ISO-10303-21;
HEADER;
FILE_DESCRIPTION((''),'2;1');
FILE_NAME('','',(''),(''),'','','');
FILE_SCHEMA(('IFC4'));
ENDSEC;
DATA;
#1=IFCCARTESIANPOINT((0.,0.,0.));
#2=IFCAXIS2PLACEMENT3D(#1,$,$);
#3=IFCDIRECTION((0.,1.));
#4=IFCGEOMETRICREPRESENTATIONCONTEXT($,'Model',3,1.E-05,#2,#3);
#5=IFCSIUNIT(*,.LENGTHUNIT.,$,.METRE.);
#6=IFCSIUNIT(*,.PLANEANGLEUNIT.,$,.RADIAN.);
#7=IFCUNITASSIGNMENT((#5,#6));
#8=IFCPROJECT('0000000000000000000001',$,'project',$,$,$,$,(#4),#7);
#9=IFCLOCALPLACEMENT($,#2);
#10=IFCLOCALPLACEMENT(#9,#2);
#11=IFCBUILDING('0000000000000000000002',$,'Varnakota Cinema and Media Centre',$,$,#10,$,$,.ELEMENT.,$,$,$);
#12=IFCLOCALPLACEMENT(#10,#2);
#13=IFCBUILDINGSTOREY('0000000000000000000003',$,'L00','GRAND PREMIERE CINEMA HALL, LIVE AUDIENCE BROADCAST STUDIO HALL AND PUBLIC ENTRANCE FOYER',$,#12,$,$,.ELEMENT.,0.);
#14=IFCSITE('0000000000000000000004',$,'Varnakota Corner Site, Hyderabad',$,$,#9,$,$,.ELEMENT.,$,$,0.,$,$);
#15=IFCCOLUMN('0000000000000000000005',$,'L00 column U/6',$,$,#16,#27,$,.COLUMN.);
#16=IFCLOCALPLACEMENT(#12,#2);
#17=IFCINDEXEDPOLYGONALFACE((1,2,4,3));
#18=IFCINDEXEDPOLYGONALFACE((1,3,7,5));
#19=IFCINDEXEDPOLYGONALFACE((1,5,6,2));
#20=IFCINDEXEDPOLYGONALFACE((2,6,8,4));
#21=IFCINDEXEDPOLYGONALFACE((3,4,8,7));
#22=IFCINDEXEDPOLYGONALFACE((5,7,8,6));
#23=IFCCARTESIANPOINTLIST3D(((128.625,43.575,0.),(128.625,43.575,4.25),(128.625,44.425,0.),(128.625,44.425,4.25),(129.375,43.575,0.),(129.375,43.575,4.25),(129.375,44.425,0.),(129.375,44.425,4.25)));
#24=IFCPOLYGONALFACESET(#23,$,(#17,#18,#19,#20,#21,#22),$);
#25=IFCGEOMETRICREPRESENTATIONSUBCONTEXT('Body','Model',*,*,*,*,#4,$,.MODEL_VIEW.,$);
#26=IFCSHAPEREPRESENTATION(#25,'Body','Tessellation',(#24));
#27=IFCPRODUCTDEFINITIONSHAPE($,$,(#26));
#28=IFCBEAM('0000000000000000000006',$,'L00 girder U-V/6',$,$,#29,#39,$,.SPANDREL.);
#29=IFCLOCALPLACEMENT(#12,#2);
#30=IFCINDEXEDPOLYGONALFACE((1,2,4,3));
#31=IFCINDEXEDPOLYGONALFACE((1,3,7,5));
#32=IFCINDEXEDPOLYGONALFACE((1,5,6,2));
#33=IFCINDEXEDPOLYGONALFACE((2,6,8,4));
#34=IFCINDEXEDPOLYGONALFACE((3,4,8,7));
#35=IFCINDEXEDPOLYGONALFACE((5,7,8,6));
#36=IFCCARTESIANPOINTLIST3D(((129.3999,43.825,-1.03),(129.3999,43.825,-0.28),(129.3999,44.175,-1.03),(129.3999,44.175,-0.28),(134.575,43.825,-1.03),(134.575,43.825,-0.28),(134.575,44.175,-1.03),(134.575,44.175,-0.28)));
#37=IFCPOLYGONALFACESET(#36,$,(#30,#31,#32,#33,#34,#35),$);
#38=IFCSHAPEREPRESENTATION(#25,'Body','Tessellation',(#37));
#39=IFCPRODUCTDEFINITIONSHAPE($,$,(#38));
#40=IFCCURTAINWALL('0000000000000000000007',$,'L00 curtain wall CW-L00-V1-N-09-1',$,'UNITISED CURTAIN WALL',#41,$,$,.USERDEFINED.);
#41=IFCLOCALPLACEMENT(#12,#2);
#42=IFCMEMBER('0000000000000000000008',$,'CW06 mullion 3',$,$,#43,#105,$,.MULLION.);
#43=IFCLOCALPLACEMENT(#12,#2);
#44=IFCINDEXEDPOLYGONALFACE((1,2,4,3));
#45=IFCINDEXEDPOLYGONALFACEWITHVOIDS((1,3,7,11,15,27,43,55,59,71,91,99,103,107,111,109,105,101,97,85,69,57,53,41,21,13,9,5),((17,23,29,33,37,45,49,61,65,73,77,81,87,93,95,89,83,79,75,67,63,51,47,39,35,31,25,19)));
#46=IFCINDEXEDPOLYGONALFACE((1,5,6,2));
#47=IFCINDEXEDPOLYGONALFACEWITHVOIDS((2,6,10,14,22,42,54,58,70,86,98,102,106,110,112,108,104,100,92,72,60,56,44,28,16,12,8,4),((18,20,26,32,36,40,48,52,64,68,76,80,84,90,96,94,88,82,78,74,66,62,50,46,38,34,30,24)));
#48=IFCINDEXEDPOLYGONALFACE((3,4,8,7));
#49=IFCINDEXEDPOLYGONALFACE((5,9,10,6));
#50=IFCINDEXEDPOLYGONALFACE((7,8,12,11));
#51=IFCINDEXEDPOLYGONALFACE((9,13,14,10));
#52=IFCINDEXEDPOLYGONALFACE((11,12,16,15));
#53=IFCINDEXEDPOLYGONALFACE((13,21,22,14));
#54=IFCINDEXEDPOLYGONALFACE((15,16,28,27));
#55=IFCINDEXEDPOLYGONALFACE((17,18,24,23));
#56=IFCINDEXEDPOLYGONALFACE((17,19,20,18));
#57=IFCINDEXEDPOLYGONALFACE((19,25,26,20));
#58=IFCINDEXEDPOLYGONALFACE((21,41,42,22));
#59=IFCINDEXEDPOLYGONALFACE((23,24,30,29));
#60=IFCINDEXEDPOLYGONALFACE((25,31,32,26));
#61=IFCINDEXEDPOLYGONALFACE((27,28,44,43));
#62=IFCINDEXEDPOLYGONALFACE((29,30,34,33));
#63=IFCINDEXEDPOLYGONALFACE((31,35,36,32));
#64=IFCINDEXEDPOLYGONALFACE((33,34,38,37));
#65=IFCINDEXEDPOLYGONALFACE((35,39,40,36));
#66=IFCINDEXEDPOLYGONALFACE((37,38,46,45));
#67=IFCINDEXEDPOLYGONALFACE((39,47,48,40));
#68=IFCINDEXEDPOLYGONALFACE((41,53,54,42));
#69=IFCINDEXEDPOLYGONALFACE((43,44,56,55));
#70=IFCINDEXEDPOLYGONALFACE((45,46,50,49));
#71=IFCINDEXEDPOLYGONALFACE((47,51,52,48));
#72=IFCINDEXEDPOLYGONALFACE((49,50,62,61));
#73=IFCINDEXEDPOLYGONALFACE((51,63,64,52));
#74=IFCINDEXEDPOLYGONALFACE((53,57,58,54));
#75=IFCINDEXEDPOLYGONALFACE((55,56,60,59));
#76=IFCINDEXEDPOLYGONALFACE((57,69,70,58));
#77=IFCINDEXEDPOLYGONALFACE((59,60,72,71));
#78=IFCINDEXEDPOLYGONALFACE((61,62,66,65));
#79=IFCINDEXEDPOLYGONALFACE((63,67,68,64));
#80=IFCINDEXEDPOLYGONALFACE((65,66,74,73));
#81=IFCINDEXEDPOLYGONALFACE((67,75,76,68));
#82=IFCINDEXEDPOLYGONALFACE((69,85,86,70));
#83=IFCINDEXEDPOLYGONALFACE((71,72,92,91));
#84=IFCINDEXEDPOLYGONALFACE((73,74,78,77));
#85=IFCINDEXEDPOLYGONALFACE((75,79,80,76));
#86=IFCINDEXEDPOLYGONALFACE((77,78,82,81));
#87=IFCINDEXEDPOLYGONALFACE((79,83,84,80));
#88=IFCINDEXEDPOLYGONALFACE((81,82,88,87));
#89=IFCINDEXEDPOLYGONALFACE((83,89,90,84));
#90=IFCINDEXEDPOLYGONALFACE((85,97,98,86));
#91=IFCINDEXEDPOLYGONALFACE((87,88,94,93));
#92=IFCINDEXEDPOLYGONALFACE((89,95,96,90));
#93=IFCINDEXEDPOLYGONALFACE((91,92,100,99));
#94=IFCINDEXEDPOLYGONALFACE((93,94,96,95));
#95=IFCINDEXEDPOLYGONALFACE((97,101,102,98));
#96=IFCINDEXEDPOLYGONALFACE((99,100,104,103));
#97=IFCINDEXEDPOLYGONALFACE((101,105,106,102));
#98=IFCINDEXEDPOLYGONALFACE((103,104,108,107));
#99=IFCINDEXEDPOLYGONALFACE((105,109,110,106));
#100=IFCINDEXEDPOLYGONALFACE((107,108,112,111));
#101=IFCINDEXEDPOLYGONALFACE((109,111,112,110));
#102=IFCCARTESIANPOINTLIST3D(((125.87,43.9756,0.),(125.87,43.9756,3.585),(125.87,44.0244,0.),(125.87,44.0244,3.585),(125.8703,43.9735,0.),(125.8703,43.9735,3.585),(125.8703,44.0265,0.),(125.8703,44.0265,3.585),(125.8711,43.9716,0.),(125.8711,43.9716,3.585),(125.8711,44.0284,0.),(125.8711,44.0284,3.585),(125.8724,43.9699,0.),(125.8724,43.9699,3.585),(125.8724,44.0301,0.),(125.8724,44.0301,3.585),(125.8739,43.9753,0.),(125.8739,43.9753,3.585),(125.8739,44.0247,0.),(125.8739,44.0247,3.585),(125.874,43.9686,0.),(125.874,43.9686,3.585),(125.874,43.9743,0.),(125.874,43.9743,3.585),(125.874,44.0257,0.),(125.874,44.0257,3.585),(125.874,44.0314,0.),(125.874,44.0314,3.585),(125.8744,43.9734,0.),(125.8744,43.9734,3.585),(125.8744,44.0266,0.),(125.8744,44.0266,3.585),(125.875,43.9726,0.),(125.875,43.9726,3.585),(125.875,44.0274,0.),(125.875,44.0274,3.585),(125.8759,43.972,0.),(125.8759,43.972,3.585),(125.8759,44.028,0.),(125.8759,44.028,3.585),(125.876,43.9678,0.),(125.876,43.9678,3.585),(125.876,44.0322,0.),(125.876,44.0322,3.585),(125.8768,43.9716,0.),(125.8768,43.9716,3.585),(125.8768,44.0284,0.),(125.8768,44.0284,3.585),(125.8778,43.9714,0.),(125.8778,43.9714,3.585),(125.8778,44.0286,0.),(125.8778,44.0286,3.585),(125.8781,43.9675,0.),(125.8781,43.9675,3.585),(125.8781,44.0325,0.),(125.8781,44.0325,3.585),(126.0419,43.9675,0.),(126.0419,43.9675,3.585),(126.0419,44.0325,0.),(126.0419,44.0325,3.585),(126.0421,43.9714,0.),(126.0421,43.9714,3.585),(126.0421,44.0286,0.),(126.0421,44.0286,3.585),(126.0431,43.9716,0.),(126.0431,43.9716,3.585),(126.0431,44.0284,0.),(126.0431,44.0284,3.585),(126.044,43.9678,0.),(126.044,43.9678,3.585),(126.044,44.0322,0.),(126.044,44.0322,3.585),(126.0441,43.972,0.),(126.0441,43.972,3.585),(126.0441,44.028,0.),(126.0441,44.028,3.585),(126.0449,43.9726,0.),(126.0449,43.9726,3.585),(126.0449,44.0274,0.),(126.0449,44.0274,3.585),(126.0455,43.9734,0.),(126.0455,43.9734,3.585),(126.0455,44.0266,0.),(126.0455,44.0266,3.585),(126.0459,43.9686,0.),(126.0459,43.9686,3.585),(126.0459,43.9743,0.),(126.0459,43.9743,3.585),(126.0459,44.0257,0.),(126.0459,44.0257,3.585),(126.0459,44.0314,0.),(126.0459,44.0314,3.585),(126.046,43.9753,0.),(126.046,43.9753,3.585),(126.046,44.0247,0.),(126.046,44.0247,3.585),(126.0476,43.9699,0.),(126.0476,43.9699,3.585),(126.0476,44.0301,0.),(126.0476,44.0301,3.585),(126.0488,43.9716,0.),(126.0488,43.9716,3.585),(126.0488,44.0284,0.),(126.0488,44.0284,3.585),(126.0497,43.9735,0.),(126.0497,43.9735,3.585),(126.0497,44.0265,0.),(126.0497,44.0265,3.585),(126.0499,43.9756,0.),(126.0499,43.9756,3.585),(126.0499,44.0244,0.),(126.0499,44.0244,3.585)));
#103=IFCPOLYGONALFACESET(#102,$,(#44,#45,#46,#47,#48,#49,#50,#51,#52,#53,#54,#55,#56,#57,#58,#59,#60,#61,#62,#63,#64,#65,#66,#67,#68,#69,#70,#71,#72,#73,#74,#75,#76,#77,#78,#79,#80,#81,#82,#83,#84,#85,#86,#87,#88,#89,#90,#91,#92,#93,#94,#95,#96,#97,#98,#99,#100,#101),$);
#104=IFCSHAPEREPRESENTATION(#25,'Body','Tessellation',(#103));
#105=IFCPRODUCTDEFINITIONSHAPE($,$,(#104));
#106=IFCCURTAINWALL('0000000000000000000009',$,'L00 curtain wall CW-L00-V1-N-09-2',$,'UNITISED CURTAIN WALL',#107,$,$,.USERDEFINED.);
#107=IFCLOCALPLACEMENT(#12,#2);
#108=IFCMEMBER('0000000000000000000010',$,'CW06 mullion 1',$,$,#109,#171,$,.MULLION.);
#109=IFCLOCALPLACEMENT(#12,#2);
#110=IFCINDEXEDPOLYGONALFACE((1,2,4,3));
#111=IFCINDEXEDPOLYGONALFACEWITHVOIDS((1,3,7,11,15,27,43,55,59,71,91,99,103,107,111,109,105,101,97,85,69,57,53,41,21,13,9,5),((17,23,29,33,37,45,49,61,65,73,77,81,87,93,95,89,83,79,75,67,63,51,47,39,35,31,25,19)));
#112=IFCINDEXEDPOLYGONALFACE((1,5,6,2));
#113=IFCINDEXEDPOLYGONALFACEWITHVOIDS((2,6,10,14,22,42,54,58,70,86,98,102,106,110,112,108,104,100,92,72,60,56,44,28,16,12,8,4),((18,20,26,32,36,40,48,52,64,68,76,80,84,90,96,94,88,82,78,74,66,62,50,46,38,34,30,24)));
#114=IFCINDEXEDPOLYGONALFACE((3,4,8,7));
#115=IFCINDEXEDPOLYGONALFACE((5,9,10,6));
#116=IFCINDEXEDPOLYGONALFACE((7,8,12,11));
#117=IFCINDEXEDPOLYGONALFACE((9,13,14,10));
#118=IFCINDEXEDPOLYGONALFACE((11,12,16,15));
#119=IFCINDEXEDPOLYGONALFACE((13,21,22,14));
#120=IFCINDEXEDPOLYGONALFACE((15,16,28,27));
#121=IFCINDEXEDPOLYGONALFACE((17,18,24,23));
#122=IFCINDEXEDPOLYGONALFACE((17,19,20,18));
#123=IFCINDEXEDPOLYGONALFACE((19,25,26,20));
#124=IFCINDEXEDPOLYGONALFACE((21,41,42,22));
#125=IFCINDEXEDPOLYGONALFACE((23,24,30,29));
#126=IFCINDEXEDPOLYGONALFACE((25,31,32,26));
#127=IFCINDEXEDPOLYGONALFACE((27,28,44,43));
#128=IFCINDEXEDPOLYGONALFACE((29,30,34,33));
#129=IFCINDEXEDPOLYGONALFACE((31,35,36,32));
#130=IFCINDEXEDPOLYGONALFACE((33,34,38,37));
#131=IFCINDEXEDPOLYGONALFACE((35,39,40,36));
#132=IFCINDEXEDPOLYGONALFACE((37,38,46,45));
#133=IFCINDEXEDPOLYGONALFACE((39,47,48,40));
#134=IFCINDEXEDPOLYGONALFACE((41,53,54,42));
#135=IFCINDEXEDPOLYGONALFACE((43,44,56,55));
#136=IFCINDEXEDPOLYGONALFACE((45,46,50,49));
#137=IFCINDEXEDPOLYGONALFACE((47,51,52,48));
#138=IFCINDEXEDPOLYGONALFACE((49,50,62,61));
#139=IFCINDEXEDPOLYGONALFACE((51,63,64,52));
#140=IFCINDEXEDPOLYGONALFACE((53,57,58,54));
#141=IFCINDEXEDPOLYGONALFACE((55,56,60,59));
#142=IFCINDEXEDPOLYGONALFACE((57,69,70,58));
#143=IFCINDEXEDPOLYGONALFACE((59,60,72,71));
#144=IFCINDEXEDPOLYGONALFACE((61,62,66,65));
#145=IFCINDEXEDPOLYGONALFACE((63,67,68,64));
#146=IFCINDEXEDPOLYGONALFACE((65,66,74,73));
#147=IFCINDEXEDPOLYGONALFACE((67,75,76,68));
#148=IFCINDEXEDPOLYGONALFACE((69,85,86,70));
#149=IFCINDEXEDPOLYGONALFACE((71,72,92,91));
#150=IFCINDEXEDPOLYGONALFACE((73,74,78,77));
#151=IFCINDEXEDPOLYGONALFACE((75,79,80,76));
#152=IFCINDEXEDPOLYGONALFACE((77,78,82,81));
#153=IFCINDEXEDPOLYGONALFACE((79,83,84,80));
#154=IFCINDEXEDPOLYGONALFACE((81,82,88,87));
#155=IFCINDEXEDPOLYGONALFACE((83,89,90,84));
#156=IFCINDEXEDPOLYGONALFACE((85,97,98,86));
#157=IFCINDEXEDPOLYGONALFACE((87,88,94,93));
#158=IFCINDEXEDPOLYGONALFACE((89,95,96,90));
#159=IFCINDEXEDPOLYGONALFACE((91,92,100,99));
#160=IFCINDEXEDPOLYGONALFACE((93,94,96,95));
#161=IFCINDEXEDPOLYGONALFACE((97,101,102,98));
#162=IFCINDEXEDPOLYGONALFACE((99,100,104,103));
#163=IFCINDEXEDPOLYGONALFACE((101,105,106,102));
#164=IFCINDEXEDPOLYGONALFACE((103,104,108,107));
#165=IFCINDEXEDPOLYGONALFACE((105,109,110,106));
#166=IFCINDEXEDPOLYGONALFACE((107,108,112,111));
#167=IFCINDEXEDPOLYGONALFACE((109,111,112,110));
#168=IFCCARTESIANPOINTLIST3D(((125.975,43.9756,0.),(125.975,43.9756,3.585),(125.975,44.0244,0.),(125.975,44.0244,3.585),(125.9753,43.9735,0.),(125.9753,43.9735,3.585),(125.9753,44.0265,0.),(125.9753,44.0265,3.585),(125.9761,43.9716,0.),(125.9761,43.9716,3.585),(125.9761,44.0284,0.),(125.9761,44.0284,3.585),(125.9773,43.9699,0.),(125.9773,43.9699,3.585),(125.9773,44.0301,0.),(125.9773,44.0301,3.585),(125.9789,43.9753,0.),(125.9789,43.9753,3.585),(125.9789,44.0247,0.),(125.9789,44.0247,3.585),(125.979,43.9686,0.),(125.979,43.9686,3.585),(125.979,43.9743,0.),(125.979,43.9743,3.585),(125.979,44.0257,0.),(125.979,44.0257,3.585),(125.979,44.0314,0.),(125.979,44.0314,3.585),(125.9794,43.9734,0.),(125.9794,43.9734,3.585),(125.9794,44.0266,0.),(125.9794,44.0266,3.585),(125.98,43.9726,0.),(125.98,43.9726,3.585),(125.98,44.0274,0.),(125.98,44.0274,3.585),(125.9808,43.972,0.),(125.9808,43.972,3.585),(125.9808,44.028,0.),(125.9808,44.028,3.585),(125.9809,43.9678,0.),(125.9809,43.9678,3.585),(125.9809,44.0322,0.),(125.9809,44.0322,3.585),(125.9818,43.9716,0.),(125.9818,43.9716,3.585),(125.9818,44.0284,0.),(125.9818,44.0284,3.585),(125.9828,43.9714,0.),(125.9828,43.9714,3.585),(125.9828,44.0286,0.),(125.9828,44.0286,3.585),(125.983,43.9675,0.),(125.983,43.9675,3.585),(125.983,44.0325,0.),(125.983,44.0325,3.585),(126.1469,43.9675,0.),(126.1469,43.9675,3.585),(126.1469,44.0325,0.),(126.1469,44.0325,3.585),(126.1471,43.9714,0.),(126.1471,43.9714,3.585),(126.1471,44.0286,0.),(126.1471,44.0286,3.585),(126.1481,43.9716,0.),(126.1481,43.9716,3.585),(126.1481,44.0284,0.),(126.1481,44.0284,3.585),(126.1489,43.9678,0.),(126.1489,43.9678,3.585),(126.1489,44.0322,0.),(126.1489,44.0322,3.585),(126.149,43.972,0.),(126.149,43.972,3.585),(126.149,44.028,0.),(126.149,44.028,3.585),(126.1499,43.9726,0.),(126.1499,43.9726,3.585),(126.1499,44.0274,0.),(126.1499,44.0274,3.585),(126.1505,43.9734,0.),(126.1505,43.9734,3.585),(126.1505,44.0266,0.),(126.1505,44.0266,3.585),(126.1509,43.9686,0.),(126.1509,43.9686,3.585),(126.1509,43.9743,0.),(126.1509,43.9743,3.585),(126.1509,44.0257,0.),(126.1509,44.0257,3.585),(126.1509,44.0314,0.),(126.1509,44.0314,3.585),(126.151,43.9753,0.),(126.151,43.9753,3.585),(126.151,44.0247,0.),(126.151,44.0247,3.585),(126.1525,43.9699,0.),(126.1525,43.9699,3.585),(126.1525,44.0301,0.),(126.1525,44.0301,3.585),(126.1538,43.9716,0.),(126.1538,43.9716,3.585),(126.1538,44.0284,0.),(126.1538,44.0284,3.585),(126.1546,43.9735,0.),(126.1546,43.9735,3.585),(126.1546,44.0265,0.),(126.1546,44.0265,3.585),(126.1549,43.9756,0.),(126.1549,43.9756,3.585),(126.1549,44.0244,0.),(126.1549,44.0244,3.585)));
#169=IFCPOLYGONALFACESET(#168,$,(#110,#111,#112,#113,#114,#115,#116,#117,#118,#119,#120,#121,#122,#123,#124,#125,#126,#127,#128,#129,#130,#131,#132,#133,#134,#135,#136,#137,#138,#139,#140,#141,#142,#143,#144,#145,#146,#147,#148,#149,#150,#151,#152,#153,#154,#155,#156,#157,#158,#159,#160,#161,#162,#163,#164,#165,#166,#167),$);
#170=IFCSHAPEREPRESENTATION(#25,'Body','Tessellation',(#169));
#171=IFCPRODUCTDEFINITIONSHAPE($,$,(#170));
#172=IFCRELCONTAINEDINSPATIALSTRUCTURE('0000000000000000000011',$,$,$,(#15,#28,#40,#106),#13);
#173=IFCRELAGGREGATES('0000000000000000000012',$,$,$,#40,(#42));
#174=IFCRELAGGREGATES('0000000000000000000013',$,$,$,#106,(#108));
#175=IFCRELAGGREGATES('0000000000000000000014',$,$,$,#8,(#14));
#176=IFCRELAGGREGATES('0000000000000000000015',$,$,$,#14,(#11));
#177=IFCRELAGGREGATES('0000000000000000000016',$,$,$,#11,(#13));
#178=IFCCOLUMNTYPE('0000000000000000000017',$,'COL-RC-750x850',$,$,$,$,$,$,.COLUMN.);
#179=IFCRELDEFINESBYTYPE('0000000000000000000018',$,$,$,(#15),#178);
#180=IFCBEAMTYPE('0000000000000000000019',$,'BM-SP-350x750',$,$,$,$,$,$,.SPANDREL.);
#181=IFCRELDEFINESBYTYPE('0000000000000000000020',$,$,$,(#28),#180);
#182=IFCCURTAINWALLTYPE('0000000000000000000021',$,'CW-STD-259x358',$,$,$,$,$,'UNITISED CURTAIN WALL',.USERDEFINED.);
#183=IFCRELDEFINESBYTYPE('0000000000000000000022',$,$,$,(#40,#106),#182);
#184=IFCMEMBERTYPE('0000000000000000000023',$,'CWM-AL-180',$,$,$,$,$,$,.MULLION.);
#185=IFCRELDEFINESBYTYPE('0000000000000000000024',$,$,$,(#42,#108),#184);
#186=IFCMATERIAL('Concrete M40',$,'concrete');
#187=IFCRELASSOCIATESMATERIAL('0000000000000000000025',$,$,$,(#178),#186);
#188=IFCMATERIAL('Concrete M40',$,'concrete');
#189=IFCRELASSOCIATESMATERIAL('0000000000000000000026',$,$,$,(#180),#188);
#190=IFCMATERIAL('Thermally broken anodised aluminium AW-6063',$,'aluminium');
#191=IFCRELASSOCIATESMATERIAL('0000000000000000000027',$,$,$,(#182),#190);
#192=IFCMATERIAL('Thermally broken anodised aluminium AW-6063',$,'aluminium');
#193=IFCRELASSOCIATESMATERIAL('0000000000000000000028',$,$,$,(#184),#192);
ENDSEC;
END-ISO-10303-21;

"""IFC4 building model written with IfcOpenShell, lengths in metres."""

from ifc_helpers import new_model, si_unit, direction, frame, origin, origin_2d, place, context, subcontext, project, spatial, rectangle, hollow_rectangle, extrude, material, material_profile, profile_set, type_object, element, aggregate, save


model = new_model("IFC4")

# Units and contexts
model_context = context("Model", 3, precision=1e-05, world=origin(), true_north=direction((0.0, 1.0)))
body_context = subcontext(model_context, "Body", "Model", "MODEL_VIEW")
ifc_project = project(units=[si_unit("LENGTHUNIT", "METRE"), si_unit("PLANEANGLEUNIT", "RADIAN")], contexts=[model_context])

# Site, building, storey
site_placement = place(None, origin())
site = spatial("IfcSite", under=ifc_project, at=site_placement, Name="Varnakota Corner Site, Hyderabad", CompositionType="ELEMENT", RefElevation=0.0)
building_placement = place(site_placement, origin())
building = spatial("IfcBuilding", under=site, at=building_placement, Name="Varnakota Cinema and Media Centre", CompositionType="ELEMENT")
storey_placement = place(building_placement, origin())
storey = spatial("IfcBuildingStorey", under=building, at=storey_placement, Name="L00", Description="GRAND PREMIERE CINEMA HALL, LIVE AUDIENCE BROADCAST STUDIO HALL AND PUBLIC ENTRANCE FOYER", CompositionType="ELEMENT", Elevation=0.0)

# Column
ifc_material_1 = material(Name="Concrete M40", Category="concrete")
ifc_material_profile_1 = material_profile(ifc_material_1, rectangle(XDim=0.75, YDim=0.8501, at=origin_2d()), Name="RC 750x850")
ifc_profile_set_1 = profile_set([ifc_material_profile_1], Name="Concrete M40")
column_type = type_object("IfcColumnType", Name="COL-RC-750x850", PredefinedType="COLUMN", material=ifc_profile_set_1)
column_placement = place(storey_placement, frame((129.0, 44.0, 0.0), z_axis=(0.0, 0.0, 1.0), x_axis=(1.0, 0.0, 0.0)))
element("IfcColumn", 1, at=column_placement, inside=storey, type_object=column_type, Name="L00 column U/6", PredefinedType="COLUMN", context=body_context, shape_type="SweptSolid", body=[
    extrude(rectangle(XDim=0.75, YDim=0.8501, at=origin_2d()), origin(), (0.0, 0.0, 1.0), 4.25),
])

# Beam
ifc_material_2 = material(Name="Concrete M40", Category="concrete")
ifc_material_profile_2 = material_profile(ifc_material_2, rectangle(XDim=0.3501, YDim=0.75, at=origin_2d()), Name="RCB 350x750")
ifc_profile_set_2 = profile_set([ifc_material_profile_2], Name="Concrete M40")
beam_type = type_object("IfcBeamType", Name="BM-SP-350x750", PredefinedType="SPANDREL", material=ifc_profile_set_2)
beam_placement = place(storey_placement, frame((129.3999, 44.0, -0.655), z_axis=(1.0, 0.0, 0.0), x_axis=(0.0, 1.0, 0.0)))
element("IfcBeam", 2, at=beam_placement, inside=storey, type_object=beam_type, Name="L00 girder U-V/6", PredefinedType="SPANDREL", context=body_context, shape_type="SweptSolid", body=[
    extrude(rectangle(XDim=0.3501, YDim=0.75, at=origin_2d()), origin(), (0.0, 0.0, 1.0), 5.175),
])

# Curtain wall, member
ifc_material_3 = material(Name="Thermally broken anodised aluminium AW-6063", Category="aluminium")
curtain_wall_type = type_object("IfcCurtainWallType", Name="CW-STD-259x358", ElementType="UNITISED CURTAIN WALL", PredefinedType="USERDEFINED", material=ifc_material_3)
curtain_wall_1_placement = place(storey_placement, origin())
curtain_wall_1 = element("IfcCurtainWall", 3, at=curtain_wall_1_placement, inside=storey, type_object=curtain_wall_type, Name="L00 curtain wall CW-L00-V1-N-09-1", ObjectType="UNITISED CURTAIN WALL", PredefinedType="USERDEFINED")
ifc_material_4 = material(Name="Thermally broken anodised aluminium AW-6063", Category="aluminium")
ifc_material_profile_3 = material_profile(ifc_material_4, hollow_rectangle(XDim=0.0649, YDim=0.1799, WallThickness=0.0039, InnerFilletRadius=0.0039, OuterFilletRadius=0.0081, at=origin_2d()), Name="AL-MULLION 180x65x4")
ifc_profile_set_3 = profile_set([ifc_material_profile_3], Name="Thermally broken anodised aluminium AW-6063")
member_type_1 = type_object("IfcMemberType", Name="CWM-AL-180", PredefinedType="MULLION", material=ifc_profile_set_3)
member_1_placement = place(storey_placement, frame((125.96, 44.0, 0.0), z_axis=(0.0, 0.0, 1.0), x_axis=(0.0, 1.0, 0.0)))
member_1 = element("IfcMember", 4, at=member_1_placement, type_object=member_type_1, Name="CW06 mullion 3", PredefinedType="MULLION", context=body_context, shape_type="SweptSolid", body=[
    extrude(hollow_rectangle(XDim=0.0649, YDim=0.1799, WallThickness=0.0039, InnerFilletRadius=0.0039, OuterFilletRadius=0.0081, at=origin_2d()), origin(), (0.0, 0.0, 1.0), 3.585),
])

# Curtain wall, member
curtain_wall_2_placement = place(storey_placement, origin())
curtain_wall_2 = element("IfcCurtainWall", 5, at=curtain_wall_2_placement, inside=storey, type_object=curtain_wall_type, Name="L00 curtain wall CW-L00-V1-N-09-2", ObjectType="UNITISED CURTAIN WALL", PredefinedType="USERDEFINED")
member_2_placement = place(storey_placement, frame((126.0649, 44.0, 0.0), z_axis=(0.0, 0.0, 1.0), x_axis=(0.0, 1.0, 0.0)))
member_2 = element("IfcMember", 6, at=member_2_placement, type_object=member_type_1, Name="CW06 mullion 1", PredefinedType="MULLION", context=body_context, shape_type="SweptSolid", body=[
    extrude(hollow_rectangle(XDim=0.0649, YDim=0.1799, WallThickness=0.0039, InnerFilletRadius=0.0039, OuterFilletRadius=0.0081, at=origin_2d()), origin(), (0.0, 0.0, 1.0), 3.585),
])

aggregate(curtain_wall_1, [member_1])
aggregate(curtain_wall_2, [member_2])

save(model, "model.ifc")
